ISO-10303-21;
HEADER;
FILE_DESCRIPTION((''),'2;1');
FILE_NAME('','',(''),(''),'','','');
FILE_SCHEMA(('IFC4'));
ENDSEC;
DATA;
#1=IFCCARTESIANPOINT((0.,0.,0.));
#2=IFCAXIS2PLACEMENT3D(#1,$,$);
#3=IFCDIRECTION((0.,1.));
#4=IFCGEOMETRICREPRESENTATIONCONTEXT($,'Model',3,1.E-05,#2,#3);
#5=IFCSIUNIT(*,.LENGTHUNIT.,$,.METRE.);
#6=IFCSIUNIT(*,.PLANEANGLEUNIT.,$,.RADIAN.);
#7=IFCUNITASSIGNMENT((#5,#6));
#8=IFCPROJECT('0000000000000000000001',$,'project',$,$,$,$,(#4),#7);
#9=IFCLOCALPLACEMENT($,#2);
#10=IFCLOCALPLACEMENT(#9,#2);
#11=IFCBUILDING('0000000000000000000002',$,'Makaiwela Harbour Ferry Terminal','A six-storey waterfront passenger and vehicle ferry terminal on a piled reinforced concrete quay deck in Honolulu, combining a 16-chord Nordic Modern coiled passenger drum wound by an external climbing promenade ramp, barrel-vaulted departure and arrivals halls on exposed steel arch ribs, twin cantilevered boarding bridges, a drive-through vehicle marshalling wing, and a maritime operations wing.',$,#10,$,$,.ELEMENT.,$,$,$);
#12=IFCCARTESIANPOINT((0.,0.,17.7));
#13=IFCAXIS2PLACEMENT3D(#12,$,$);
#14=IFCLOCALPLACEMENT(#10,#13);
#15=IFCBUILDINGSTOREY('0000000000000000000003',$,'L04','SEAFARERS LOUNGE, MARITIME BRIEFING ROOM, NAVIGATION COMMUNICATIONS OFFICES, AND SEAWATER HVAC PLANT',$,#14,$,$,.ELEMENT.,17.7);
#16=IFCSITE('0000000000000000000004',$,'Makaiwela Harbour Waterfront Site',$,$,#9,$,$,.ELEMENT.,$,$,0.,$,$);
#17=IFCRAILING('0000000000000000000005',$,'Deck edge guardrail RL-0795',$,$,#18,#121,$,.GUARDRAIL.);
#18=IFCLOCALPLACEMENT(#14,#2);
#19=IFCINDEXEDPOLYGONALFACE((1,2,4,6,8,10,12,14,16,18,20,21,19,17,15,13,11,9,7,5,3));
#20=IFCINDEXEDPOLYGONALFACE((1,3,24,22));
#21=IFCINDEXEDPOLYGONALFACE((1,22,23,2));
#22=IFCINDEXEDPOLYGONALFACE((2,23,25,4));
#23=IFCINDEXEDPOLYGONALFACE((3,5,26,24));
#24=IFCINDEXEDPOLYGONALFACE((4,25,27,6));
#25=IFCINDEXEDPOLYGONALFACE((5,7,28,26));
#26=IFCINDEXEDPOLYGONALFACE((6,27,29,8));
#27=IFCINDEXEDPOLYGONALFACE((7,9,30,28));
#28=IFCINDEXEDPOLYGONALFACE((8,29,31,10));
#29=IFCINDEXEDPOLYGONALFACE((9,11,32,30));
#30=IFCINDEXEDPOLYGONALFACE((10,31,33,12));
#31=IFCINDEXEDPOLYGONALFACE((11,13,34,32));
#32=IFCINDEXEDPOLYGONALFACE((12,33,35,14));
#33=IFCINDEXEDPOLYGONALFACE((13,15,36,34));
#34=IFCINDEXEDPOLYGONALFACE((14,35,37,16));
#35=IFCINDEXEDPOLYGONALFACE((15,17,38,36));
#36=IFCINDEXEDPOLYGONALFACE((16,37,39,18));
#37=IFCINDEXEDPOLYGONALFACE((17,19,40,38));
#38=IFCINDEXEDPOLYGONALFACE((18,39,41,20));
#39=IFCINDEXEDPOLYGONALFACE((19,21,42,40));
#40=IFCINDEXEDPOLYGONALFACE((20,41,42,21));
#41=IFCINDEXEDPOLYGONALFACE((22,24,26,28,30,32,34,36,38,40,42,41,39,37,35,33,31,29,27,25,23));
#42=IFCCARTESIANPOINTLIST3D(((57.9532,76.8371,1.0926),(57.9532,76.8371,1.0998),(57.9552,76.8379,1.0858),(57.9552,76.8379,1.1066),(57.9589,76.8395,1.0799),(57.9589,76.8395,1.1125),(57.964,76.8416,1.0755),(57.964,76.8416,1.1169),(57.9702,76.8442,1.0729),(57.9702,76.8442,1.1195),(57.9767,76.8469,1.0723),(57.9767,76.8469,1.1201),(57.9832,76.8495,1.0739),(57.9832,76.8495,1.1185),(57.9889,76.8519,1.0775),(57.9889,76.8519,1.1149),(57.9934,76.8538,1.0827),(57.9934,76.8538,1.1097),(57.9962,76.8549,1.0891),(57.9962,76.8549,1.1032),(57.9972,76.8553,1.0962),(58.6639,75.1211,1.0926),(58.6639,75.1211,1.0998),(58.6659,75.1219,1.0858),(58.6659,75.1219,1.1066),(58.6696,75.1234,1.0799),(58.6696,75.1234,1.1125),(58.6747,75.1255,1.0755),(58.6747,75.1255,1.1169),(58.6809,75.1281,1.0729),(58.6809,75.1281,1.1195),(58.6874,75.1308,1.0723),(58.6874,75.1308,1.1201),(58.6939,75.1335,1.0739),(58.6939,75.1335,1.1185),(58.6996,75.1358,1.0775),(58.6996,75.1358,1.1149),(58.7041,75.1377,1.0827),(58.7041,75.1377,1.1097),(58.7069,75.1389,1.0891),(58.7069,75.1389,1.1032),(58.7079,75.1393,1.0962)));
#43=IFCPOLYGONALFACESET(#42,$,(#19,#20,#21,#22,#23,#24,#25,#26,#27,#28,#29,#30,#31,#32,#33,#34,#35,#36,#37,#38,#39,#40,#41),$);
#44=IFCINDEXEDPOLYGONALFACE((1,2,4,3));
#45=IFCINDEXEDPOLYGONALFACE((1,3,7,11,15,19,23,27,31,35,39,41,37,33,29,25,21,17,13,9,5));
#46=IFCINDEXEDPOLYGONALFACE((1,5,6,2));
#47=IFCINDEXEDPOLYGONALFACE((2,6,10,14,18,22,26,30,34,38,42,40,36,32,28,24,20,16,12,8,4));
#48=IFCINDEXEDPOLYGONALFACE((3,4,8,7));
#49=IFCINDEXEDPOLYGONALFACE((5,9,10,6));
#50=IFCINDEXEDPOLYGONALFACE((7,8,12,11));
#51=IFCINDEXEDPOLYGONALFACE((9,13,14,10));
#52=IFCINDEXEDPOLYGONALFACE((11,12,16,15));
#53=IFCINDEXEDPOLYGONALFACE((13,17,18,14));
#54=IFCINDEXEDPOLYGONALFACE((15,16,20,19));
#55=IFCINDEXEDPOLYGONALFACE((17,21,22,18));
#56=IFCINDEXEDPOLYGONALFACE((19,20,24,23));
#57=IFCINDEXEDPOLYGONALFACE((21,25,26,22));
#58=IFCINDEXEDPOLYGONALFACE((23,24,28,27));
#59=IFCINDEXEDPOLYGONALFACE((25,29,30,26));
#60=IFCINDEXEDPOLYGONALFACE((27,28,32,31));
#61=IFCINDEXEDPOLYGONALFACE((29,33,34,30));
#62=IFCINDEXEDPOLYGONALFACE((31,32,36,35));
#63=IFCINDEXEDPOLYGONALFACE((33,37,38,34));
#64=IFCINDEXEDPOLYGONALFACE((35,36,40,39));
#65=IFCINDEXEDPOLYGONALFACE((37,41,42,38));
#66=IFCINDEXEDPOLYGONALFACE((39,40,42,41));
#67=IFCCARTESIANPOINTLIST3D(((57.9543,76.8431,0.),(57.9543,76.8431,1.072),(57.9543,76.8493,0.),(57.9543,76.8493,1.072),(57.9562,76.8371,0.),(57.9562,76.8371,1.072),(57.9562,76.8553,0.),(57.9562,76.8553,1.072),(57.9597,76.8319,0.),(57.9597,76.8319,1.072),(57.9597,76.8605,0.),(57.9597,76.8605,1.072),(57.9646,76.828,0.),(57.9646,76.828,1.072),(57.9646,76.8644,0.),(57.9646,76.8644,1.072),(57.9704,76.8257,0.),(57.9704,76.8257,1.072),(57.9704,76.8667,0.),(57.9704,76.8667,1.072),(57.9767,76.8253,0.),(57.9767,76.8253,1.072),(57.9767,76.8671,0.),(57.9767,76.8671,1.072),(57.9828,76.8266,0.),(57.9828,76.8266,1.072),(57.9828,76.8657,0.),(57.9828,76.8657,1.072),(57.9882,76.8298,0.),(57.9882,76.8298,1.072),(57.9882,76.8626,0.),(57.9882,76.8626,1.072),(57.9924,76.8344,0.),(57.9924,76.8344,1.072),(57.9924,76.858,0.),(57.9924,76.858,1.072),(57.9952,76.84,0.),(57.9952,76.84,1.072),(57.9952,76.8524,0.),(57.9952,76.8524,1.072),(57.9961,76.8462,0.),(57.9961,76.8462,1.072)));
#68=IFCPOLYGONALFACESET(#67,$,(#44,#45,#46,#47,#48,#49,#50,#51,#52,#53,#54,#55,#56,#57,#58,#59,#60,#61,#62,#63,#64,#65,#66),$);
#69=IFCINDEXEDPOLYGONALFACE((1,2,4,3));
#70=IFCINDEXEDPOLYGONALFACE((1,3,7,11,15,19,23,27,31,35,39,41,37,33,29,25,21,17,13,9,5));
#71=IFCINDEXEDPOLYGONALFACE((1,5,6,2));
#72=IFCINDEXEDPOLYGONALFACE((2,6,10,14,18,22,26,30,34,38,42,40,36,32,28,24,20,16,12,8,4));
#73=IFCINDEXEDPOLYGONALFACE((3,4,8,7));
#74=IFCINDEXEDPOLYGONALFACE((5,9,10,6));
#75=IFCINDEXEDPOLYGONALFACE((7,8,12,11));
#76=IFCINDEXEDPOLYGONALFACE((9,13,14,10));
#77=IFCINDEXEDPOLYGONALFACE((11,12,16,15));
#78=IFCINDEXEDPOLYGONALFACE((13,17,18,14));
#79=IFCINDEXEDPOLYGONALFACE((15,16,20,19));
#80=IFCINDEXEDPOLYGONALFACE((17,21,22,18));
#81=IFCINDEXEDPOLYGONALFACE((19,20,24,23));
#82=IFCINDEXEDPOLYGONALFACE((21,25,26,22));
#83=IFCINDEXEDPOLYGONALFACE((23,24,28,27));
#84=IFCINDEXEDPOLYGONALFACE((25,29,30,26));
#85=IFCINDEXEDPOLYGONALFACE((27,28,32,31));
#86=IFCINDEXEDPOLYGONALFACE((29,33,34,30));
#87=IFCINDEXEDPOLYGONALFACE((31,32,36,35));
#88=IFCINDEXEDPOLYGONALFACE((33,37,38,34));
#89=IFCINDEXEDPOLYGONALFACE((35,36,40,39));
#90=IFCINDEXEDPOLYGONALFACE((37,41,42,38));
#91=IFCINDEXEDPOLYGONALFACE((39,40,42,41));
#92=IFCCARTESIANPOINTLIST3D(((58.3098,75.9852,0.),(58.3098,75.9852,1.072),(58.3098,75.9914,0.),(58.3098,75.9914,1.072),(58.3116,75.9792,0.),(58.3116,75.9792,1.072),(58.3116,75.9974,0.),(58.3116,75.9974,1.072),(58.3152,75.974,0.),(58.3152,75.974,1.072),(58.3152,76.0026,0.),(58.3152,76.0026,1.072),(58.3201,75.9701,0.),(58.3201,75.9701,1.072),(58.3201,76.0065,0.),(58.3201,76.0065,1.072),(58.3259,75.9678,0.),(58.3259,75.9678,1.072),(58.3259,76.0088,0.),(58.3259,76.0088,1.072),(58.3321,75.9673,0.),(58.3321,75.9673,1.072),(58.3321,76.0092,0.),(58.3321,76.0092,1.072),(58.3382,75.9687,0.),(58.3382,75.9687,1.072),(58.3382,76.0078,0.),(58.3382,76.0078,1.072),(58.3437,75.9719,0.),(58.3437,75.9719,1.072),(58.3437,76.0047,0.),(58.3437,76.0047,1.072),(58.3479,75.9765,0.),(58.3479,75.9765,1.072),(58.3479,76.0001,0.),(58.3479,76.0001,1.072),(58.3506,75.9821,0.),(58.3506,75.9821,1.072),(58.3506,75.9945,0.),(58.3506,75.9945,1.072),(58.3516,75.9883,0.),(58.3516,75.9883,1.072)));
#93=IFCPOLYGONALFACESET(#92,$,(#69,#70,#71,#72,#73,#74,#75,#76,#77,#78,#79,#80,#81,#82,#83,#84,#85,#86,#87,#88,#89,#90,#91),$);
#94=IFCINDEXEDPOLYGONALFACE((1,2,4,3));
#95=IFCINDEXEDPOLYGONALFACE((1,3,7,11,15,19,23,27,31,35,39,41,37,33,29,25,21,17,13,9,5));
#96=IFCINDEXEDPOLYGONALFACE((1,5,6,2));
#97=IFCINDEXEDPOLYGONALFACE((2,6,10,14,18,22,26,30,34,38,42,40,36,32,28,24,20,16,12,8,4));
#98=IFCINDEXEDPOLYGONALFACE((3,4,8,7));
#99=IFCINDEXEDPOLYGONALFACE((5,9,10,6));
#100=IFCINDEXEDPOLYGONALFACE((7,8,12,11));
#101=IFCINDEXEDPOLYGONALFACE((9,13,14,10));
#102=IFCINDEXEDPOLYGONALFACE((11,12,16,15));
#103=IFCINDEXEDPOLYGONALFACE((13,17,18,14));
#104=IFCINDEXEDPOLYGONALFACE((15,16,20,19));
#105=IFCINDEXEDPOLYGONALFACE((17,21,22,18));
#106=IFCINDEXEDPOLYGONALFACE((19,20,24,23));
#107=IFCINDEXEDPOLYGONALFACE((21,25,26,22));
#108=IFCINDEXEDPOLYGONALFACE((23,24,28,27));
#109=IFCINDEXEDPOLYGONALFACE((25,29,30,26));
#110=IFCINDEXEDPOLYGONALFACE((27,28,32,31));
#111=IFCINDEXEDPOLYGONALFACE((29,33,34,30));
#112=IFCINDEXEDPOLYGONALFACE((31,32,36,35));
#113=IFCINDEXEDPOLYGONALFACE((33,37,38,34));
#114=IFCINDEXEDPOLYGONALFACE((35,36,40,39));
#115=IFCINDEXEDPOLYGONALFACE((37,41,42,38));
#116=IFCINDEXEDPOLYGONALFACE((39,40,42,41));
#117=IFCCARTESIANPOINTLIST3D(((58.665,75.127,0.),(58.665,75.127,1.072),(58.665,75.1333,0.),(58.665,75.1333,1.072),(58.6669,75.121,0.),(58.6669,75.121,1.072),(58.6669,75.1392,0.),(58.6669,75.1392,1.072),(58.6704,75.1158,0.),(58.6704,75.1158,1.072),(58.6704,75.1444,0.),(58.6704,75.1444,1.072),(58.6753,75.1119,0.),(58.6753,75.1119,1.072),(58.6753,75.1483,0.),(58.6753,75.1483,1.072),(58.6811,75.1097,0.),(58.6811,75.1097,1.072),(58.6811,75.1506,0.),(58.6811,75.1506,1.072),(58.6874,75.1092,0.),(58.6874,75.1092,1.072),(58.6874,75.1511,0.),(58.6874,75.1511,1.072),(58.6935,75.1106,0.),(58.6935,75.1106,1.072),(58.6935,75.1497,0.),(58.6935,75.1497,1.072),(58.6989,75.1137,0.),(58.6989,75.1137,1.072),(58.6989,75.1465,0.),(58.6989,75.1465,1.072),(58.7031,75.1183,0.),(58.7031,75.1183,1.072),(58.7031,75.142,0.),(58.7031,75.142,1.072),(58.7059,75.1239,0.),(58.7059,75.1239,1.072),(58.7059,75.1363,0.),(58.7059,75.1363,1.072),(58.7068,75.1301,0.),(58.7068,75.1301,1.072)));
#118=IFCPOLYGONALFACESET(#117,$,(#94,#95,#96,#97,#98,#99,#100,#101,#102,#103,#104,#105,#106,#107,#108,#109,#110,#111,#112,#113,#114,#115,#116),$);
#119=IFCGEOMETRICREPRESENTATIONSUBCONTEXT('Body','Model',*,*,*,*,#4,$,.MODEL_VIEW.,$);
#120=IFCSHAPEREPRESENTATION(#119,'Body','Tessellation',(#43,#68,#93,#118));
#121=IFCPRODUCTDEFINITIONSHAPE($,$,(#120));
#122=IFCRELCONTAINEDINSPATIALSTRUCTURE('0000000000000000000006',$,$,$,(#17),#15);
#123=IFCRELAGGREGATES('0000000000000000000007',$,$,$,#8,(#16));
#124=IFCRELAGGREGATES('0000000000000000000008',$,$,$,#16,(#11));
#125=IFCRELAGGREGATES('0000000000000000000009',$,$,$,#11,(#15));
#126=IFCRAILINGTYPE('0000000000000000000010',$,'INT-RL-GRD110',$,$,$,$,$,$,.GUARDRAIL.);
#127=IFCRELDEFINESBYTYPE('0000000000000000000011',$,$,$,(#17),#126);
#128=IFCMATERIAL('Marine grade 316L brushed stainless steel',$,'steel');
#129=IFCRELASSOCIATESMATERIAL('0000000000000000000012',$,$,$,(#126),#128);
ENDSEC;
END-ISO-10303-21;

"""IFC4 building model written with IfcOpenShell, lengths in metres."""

from ifc_helpers import new_model, si_unit, direction, frame, origin, origin_2d, place, context, subcontext, project, spatial, circle, extrude, material, type_object, element, save


model = new_model("IFC4")

# Units and contexts
model_context = context("Model", 3, precision=1e-05, world=origin(), true_north=direction((0.0, 1.0)))
body_context = subcontext(model_context, "Body", "Model", "MODEL_VIEW")
ifc_project = project(units=[si_unit("LENGTHUNIT", "METRE"), si_unit("PLANEANGLEUNIT", "RADIAN")], contexts=[model_context])

# Site, building, storey
site_placement = place(None, origin())
site = spatial("IfcSite", under=ifc_project, at=site_placement, Name="Makaiwela Harbour Waterfront Site", CompositionType="ELEMENT", RefElevation=0.0)
building_placement = place(site_placement, origin())
building = spatial("IfcBuilding", under=site, at=building_placement, Name="Makaiwela Harbour Ferry Terminal", Description="A six-storey waterfront passenger and vehicle ferry terminal on a piled reinforced concrete quay deck in Honolulu, combining a 16-chord Nordic Modern coiled passenger drum wound by an external climbing promenade ramp, barrel-vaulted departure and arrivals halls on exposed steel arch ribs, twin cantilevered boarding bridges, a drive-through vehicle marshalling wing, and a maritime operations wing.", CompositionType="ELEMENT")
storey_placement = place(building_placement, frame((0.0, 0.0, 17.7)))
storey = spatial("IfcBuildingStorey", under=building, at=storey_placement, Name="L04", Description="SEAFARERS LOUNGE, MARITIME BRIEFING ROOM, NAVIGATION COMMUNICATIONS OFFICES, AND SEAWATER HVAC PLANT", CompositionType="ELEMENT", Elevation=17.7)

# Railing
ifc_material_1 = material(Name="Marine grade 316L brushed stainless steel", Category="steel")
railing_type = type_object("IfcRailingType", Name="INT-RL-GRD110", PredefinedType="GUARDRAIL", material=ifc_material_1)
railing_1_placement = place(storey_placement, frame((57.9751, 76.8462, 0.0)))
element("IfcRailing", 1, at=railing_1_placement, inside=storey, type_object=railing_type, Name="Deck edge guardrail RL-0795", PredefinedType="GUARDRAIL", context=body_context, shape_type="SweptSolid", body=[
    extrude(circle(Radius=0.0239, at=origin_2d()), frame((0.0, 0.0, 1.0962), z_axis=(0.382627, -0.923903, 0.0), x_axis=(0.923903, 0.382627, 0.0)), (0.0, 0.0, 1.0), 1.8574),
    extrude(circle(Radius=0.021, at=origin_2d()), origin(), (0.0, 0.0, 1.0), 1.072),
    extrude(circle(Radius=0.021, at=origin_2d()), frame((0.3555, -0.8579, 0.0)), (0.0, 0.0, 1.0), 1.072),
    extrude(circle(Radius=0.021, at=origin_2d()), frame((0.7107, -1.7161, 0.0)), (0.0, 0.0, 1.0), 1.072),
])

save(model, "model.ifc")
